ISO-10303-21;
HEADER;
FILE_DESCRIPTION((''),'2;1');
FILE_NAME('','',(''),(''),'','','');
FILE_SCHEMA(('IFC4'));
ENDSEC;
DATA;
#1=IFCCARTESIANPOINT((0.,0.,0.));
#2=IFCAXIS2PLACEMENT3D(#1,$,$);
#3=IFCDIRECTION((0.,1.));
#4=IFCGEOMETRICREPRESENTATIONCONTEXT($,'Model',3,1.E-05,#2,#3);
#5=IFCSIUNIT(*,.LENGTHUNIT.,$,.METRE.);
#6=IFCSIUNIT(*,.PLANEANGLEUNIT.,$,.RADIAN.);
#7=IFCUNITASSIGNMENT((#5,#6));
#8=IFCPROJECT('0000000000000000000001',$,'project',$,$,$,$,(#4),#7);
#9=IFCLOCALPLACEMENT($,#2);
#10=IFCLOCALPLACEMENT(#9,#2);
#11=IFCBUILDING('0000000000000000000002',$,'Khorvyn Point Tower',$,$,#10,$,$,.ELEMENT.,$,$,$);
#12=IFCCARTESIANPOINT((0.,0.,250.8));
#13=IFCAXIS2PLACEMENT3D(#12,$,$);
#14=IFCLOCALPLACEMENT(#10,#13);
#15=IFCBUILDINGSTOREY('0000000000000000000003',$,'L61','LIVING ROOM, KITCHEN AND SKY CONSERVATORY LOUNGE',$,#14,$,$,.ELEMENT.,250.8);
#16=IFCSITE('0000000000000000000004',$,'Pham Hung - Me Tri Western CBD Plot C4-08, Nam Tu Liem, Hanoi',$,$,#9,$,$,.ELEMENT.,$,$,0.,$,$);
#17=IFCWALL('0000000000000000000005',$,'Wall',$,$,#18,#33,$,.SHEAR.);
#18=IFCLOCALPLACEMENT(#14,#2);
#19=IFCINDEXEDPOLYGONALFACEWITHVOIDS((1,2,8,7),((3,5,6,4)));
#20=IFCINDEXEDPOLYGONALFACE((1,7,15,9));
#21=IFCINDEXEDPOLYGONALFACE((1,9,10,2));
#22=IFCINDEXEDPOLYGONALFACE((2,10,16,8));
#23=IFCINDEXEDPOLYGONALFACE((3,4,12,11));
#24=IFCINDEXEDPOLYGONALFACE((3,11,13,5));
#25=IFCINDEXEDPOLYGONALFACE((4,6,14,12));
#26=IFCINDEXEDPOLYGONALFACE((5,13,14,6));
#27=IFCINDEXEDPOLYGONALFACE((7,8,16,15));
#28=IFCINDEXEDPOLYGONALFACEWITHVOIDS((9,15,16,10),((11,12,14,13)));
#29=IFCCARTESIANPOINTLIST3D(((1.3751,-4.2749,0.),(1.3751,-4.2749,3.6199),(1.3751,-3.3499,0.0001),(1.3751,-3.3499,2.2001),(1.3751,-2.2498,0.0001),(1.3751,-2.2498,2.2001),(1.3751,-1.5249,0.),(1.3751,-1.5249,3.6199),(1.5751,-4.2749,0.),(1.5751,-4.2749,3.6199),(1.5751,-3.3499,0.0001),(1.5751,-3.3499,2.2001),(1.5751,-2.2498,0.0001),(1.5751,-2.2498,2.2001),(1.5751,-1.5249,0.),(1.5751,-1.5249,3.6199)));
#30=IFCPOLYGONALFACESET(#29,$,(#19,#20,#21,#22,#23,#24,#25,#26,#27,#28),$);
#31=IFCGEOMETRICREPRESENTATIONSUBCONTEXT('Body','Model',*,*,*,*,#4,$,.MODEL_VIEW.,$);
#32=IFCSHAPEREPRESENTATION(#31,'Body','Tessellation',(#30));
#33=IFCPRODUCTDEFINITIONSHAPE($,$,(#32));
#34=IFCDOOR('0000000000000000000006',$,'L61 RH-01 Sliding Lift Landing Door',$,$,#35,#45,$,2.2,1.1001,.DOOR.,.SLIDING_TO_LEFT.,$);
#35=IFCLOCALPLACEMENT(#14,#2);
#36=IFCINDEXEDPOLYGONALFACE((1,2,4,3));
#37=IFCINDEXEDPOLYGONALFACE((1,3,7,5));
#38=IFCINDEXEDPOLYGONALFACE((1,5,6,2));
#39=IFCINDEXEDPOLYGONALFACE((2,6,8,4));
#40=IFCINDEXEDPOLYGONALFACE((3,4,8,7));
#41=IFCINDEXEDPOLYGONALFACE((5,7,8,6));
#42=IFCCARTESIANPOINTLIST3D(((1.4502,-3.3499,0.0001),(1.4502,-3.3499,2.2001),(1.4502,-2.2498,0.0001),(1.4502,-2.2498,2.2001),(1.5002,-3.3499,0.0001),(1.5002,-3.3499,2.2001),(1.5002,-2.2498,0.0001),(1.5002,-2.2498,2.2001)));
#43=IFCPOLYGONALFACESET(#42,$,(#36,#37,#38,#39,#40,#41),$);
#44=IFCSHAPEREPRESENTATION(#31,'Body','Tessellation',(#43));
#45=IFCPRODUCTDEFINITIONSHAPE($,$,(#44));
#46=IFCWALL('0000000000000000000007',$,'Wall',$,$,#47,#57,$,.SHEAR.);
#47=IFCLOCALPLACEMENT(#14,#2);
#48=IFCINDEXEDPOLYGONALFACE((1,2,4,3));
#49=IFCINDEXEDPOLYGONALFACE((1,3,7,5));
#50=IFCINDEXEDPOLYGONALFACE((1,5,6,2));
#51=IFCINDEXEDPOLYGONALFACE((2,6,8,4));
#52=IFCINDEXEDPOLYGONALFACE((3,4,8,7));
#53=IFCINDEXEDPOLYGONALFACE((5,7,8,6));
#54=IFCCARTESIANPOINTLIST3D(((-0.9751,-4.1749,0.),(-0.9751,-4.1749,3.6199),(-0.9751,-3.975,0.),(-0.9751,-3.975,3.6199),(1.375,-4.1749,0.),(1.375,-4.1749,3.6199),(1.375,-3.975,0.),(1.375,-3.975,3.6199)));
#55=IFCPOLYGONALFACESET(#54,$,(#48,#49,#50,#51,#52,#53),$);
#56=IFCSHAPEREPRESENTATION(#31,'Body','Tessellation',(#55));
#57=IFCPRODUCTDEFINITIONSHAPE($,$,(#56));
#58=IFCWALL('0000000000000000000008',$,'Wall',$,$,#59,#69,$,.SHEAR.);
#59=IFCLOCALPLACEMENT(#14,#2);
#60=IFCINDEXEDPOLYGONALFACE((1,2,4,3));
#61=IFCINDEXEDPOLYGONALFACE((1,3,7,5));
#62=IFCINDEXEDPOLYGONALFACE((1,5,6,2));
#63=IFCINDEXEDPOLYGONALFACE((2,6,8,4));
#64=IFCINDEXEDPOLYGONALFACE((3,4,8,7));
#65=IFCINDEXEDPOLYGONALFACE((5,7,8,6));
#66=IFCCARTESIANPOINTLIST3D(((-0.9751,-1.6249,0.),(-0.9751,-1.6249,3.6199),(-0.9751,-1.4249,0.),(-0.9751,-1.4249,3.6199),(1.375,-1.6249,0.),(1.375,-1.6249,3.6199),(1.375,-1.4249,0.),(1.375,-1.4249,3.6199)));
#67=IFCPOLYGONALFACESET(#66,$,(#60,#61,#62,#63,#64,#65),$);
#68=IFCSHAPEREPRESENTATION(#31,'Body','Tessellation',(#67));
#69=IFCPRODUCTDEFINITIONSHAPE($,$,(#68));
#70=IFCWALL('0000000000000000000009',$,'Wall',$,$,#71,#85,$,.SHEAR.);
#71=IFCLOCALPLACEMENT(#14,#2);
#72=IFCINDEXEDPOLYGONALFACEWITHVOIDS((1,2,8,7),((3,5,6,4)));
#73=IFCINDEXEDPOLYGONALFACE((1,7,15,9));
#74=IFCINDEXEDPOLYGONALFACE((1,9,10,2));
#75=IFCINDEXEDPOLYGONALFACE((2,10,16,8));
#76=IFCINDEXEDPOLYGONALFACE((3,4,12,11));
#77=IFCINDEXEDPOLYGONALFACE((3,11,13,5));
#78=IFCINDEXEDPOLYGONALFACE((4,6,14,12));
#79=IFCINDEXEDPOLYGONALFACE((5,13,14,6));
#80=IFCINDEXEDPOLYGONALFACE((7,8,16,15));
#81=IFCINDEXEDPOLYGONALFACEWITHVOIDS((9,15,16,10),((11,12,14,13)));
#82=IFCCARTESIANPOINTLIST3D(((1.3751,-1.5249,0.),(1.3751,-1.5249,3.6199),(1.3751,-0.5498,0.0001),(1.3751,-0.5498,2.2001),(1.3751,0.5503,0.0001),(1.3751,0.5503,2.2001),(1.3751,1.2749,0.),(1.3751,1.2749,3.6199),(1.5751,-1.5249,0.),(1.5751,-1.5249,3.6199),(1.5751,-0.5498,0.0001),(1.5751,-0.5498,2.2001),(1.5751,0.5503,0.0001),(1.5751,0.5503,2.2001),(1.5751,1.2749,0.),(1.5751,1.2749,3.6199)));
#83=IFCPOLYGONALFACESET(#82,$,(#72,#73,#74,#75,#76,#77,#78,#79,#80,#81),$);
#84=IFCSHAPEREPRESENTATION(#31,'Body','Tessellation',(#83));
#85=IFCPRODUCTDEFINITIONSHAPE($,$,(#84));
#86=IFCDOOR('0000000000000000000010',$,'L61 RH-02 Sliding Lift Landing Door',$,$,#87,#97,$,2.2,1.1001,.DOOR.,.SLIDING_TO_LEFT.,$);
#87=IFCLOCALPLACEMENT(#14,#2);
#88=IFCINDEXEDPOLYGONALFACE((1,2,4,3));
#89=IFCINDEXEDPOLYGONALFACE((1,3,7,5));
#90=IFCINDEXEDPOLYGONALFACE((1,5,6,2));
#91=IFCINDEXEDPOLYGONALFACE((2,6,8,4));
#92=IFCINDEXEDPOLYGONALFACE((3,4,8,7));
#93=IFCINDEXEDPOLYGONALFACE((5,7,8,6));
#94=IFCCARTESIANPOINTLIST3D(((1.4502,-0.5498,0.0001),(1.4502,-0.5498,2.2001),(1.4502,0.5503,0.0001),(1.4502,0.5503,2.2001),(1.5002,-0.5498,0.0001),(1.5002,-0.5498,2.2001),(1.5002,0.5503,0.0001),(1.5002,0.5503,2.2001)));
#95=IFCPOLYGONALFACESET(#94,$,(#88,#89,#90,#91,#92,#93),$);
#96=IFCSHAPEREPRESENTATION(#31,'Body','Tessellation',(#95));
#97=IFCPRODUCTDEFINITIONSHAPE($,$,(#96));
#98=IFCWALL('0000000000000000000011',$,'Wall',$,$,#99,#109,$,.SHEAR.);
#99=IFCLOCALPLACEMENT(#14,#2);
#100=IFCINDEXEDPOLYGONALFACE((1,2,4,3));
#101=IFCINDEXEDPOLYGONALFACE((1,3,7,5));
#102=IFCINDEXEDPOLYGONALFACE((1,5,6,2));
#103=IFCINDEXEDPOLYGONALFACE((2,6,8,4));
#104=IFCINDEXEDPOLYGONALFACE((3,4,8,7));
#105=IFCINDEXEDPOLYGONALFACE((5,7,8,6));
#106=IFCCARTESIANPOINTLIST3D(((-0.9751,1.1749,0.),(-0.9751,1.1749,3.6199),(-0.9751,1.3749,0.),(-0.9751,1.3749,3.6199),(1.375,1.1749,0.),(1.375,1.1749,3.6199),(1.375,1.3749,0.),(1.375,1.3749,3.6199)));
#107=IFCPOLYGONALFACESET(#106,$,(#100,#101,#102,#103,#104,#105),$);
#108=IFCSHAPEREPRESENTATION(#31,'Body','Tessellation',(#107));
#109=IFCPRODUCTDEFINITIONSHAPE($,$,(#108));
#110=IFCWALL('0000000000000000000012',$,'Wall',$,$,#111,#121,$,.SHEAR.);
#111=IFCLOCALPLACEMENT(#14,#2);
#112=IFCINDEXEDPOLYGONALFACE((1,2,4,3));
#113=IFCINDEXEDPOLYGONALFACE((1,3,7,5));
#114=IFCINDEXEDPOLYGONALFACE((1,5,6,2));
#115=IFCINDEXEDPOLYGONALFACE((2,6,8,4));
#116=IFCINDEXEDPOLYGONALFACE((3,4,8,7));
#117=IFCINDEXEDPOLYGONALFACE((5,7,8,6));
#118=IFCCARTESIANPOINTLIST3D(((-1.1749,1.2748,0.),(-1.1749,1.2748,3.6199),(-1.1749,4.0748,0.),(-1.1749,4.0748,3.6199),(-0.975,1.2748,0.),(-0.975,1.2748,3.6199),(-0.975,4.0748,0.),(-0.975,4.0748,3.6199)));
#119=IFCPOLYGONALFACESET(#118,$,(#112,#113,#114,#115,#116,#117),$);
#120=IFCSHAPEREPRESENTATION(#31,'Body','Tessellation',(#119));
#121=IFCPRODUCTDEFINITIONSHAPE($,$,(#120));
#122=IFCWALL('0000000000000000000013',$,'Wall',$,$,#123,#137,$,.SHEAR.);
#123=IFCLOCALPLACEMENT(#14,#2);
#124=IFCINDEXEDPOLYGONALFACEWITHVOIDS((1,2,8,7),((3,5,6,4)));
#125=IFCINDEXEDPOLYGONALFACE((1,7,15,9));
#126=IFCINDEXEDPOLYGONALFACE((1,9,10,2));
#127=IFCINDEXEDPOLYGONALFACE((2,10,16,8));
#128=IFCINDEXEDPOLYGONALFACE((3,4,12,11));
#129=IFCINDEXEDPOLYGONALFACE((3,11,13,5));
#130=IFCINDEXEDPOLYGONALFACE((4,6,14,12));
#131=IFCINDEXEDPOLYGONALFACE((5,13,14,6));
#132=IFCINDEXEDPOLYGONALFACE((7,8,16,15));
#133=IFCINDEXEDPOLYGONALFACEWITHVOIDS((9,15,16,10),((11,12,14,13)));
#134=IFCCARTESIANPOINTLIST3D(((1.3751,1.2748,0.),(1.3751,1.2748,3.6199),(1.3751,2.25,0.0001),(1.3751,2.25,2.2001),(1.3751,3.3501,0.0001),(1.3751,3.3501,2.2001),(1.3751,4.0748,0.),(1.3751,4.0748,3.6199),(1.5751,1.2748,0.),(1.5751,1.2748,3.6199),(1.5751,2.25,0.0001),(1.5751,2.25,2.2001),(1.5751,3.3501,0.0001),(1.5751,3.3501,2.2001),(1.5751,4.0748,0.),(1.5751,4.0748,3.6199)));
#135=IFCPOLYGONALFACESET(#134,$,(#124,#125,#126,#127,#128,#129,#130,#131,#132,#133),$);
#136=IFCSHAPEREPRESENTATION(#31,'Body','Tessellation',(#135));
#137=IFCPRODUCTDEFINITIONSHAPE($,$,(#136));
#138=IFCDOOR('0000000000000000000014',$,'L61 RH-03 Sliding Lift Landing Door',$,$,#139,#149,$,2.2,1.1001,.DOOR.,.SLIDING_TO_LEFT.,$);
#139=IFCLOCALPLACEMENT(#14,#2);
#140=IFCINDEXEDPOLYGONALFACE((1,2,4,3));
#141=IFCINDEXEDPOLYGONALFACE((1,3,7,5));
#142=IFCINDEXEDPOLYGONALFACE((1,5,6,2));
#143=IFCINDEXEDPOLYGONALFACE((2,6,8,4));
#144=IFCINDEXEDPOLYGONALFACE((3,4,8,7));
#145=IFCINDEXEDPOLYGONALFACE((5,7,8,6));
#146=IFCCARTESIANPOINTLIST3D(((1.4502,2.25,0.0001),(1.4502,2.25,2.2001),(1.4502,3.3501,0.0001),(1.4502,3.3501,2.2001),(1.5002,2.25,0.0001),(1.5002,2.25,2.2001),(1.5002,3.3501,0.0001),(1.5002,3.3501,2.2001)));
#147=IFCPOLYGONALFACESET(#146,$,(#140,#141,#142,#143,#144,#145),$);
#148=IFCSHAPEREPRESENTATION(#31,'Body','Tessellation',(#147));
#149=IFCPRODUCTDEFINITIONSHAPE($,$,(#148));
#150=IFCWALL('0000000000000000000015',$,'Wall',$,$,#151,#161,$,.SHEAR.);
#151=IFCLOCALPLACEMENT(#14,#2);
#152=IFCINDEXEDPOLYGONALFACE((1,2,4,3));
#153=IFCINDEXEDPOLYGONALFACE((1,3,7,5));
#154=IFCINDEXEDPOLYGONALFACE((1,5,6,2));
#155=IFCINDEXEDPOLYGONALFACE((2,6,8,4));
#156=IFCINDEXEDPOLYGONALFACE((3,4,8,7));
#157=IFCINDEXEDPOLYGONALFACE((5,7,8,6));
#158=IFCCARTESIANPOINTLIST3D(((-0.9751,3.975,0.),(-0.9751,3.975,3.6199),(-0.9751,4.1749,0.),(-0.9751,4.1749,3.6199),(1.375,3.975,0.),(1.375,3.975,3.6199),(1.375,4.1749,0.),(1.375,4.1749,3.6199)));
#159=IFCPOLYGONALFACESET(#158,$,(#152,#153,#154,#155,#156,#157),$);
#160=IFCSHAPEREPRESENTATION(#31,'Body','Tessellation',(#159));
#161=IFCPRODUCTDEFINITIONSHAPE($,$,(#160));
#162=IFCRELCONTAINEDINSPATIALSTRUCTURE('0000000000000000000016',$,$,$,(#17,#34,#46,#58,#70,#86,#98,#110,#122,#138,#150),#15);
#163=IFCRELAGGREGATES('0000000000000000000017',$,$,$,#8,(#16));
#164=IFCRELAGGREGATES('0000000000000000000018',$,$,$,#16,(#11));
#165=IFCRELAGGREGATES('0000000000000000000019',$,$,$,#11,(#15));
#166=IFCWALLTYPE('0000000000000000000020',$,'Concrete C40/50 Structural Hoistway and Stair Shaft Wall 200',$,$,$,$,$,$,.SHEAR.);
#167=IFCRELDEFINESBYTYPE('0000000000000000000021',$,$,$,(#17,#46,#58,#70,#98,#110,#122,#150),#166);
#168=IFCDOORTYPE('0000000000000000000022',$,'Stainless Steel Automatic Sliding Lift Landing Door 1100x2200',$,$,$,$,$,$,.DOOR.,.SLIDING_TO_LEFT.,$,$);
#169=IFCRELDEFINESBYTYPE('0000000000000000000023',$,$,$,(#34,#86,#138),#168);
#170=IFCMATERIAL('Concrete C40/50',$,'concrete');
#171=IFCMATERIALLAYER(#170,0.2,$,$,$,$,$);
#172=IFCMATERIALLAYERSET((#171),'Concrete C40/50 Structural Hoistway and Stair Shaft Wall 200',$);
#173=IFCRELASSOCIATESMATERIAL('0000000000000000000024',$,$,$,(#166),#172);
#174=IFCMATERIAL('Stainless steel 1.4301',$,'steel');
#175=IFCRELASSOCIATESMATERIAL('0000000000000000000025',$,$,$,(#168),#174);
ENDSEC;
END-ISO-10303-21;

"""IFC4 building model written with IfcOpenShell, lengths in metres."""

from ifc_helpers import new_model, si_unit, direction, frame, frame_2d, origin, place, context, subcontext, project, spatial, rectangle, extrude, material, layer, layer_set, type_object, element, fill, save


model = new_model("IFC4")

# Units and contexts
model_context = context("Model", 3, precision=1e-05, world=origin(), true_north=direction((0.0, 1.0)))
body_context = subcontext(model_context, "Body", "Model", "MODEL_VIEW")
ifc_project = project(units=[si_unit("LENGTHUNIT", "METRE"), si_unit("PLANEANGLEUNIT", "RADIAN")], contexts=[model_context])

# Site, building, storey
site_placement = place(None, origin())
site = spatial("IfcSite", under=ifc_project, at=site_placement, Name="Pham Hung - Me Tri Western CBD Plot C4-08, Nam Tu Liem, Hanoi", CompositionType="ELEMENT", RefElevation=0.0)
building_placement = place(site_placement, origin())
building = spatial("IfcBuilding", under=site, at=building_placement, Name="Khorvyn Point Tower", CompositionType="ELEMENT")
storey_placement = place(building_placement, frame((0.0, 0.0, 250.8)))
storey = spatial("IfcBuildingStorey", under=building, at=storey_placement, Name="L61", Description="LIVING ROOM, KITCHEN AND SKY CONSERVATORY LOUNGE", CompositionType="ELEMENT", Elevation=250.8)

# Shared definitions
ifc_material_1 = material(Name="Concrete C40/50", Category="concrete")

# Wall, opening, door
ifc_layer_1 = layer(ifc_material_1, 0.2)
ifc_layer_set_1 = layer_set([ifc_layer_1], Name="Concrete C40/50 Structural Hoistway and Stair Shaft Wall 200")
wall_type = type_object("IfcWallType", Name="Concrete C40/50 Structural Hoistway and Stair Shaft Wall 200", PredefinedType="SHEAR", material=ifc_layer_set_1)
wall_1_placement = place(storey_placement, frame((1.4751, -4.2749, 0.0), z_axis=(0.0, 0.0, 1.0), x_axis=(0.0, 1.0, 0.0)))
wall_1 = element("IfcWall", 1, at=wall_1_placement, inside=storey, type_object=wall_type, Name="Wall", PredefinedType="SHEAR", context=body_context, shape_type="SweptSolid", body=[
    extrude(rectangle(XDim=2.75, YDim=0.2, at=frame_2d((1.375, 0.0))), origin(), (0.0, 0.0, 1.0), 3.6199),
])
opening_1_placement = place(wall_1_placement, frame((0.925, 0.0, 0.0)))
opening_1 = element("IfcOpeningElement", 2, at=opening_1_placement, cuts=wall_1, PredefinedType="OPENING", context=body_context, shape_type="SweptSolid", body=[
    extrude(rectangle(XDim=1.1001, YDim=2.2, at=frame_2d((0.55, 1.1001))), frame((0.0, 0.1099, 0.0), z_axis=(0.0, -1.0, 0.0), x_axis=(1.0, 0.0, 0.0)), (0.0, 0.0, 1.0), 0.22),
])
ifc_material_2 = material(Name="Stainless steel 1.4301", Category="steel")
door_type = type_object("IfcDoorType", Name="Stainless Steel Automatic Sliding Lift Landing Door 1100x2200", OperationType="SLIDING_TO_LEFT", PredefinedType="DOOR", material=ifc_material_2)
door_1_placement = place(opening_1_placement, origin())
door_1 = element("IfcDoor", 3, at=door_1_placement, inside=storey, type_object=door_type, Name="L61 RH-01 Sliding Lift Landing Door", OperationType="SLIDING_TO_LEFT", OverallHeight=2.2, OverallWidth=1.1001, PredefinedType="DOOR", context=body_context, shape_type="SweptSolid", body=[
    extrude(rectangle(XDim=1.1001, YDim=2.2, at=frame_2d((0.55, 1.1001))), frame((0.0, 0.0249, 0.0), z_axis=(0.0, -1.0, 0.0), x_axis=(1.0, 0.0, 0.0)), (0.0, 0.0, 1.0), 0.05),
])
fill(opening_1, door_1)

# Walls
for number, where, z_axis, x_axis, name in (
    (4, (-0.9751, -4.075, 0.0), (0.0, 0.0, 1.0), (1.0, 0.0, 0.0), "Wall"),
    (5, (-0.9751, -1.5249, 0.0), (0.0, 0.0, 1.0), (1.0, 0.0, 0.0), "Wall"),
):
    element("IfcWall", number, at=place(storey_placement, frame(where, z_axis=z_axis, x_axis=x_axis)), inside=storey, type_object=wall_type, Name=name, PredefinedType="SHEAR", context=body_context, shape_type="SweptSolid", body=[
        extrude(rectangle(XDim=2.3501, YDim=0.2, at=frame_2d((1.175, 0.0))), origin(), (0.0, 0.0, 1.0), 3.6199),
    ])

# Wall, opening, door
wall_2_placement = place(storey_placement, frame((1.4751, -1.5249, 0.0), z_axis=(0.0, 0.0, 1.0), x_axis=(0.0, 1.0, 0.0)))
wall_2 = element("IfcWall", 6, at=wall_2_placement, inside=storey, type_object=wall_type, Name="Wall", PredefinedType="SHEAR", context=body_context, shape_type="SweptSolid", body=[
    extrude(rectangle(XDim=2.7998, YDim=0.2, at=frame_2d((1.3999, 0.0))), origin(), (0.0, 0.0, 1.0), 3.6199),
])
opening_2_placement = place(wall_2_placement, frame((0.9751, 0.0, 0.0)))
opening_2 = element("IfcOpeningElement", 7, at=opening_2_placement, cuts=wall_2, PredefinedType="OPENING", context=body_context, shape_type="SweptSolid", body=[
    extrude(rectangle(XDim=1.1001, YDim=2.2, at=frame_2d((0.55, 1.1001))), frame((0.0, 0.1099, 0.0), z_axis=(0.0, -1.0, 0.0), x_axis=(1.0, 0.0, 0.0)), (0.0, 0.0, 1.0), 0.22),
])
door_2_placement = place(opening_2_placement, origin())
door_2 = element("IfcDoor", 8, at=door_2_placement, inside=storey, type_object=door_type, Name="L61 RH-02 Sliding Lift Landing Door", OperationType="SLIDING_TO_LEFT", OverallHeight=2.2, OverallWidth=1.1001, PredefinedType="DOOR", context=body_context, shape_type="SweptSolid", body=[
    extrude(rectangle(XDim=1.1001, YDim=2.2, at=frame_2d((0.55, 1.1001))), frame((0.0, 0.0249, 0.0), z_axis=(0.0, -1.0, 0.0), x_axis=(1.0, 0.0, 0.0)), (0.0, 0.0, 1.0), 0.05),
])
fill(opening_2, door_2)

# Walls
wall_3_placement = place(storey_placement, frame((-0.9751, 1.2749, 0.0), z_axis=(0.0, 0.0, 1.0), x_axis=(1.0, 0.0, 0.0)))
element("IfcWall", 9, at=wall_3_placement, inside=storey, type_object=wall_type, Name="Wall", PredefinedType="SHEAR", context=body_context, shape_type="SweptSolid", body=[
    extrude(rectangle(XDim=2.3501, YDim=0.2, at=frame_2d((1.175, 0.0))), origin(), (0.0, 0.0, 1.0), 3.6199),
])
wall_4_placement = place(storey_placement, frame((-1.075, 1.2749, 0.0), z_axis=(0.0, 0.0, 1.0), x_axis=(0.0, 1.0, 0.0)))
element("IfcWall", 10, at=wall_4_placement, inside=storey, type_object=wall_type, Name="Wall", PredefinedType="SHEAR", context=body_context, shape_type="SweptSolid", body=[
    extrude(rectangle(XDim=2.8, YDim=0.2, at=frame_2d((1.3999, 0.0))), origin(), (0.0, 0.0, 1.0), 3.6199),
])

# Wall, opening, door
wall_5_placement = place(storey_placement, frame((1.4751, 1.2749, 0.0), z_axis=(0.0, 0.0, 1.0), x_axis=(0.0, 1.0, 0.0)))
wall_5 = element("IfcWall", 11, at=wall_5_placement, inside=storey, type_object=wall_type, Name="Wall", PredefinedType="SHEAR", context=body_context, shape_type="SweptSolid", body=[
    extrude(rectangle(XDim=2.8, YDim=0.2, at=frame_2d((1.3999, 0.0))), origin(), (0.0, 0.0, 1.0), 3.6199),
])
opening_3_placement = place(wall_5_placement, frame((0.9751, 0.0, 0.0)))
opening_3 = element("IfcOpeningElement", 12, at=opening_3_placement, cuts=wall_5, PredefinedType="OPENING", context=body_context, shape_type="SweptSolid", body=[
    extrude(rectangle(XDim=1.1001, YDim=2.2, at=frame_2d((0.55, 1.1001))), frame((0.0, 0.1099, 0.0), z_axis=(0.0, -1.0, 0.0), x_axis=(1.0, 0.0, 0.0)), (0.0, 0.0, 1.0), 0.22),
])
door_3_placement = place(opening_3_placement, origin())
door_3 = element("IfcDoor", 13, at=door_3_placement, inside=storey, type_object=door_type, Name="L61 RH-03 Sliding Lift Landing Door", OperationType="SLIDING_TO_LEFT", OverallHeight=2.2, OverallWidth=1.1001, PredefinedType="DOOR", context=body_context, shape_type="SweptSolid", body=[
    extrude(rectangle(XDim=1.1001, YDim=2.2, at=frame_2d((0.55, 1.1001))), frame((0.0, 0.0249, 0.0), z_axis=(0.0, -1.0, 0.0), x_axis=(1.0, 0.0, 0.0)), (0.0, 0.0, 1.0), 0.05),
])
fill(opening_3, door_3)

# Wall
wall_6_placement = place(storey_placement, frame((-0.9751, 4.075, 0.0), z_axis=(0.0, 0.0, 1.0), x_axis=(1.0, 0.0, 0.0)))
element("IfcWall", 14, at=wall_6_placement, inside=storey, type_object=wall_type, Name="Wall", PredefinedType="SHEAR", context=body_context, shape_type="SweptSolid", body=[
    extrude(rectangle(XDim=2.3501, YDim=0.2, at=frame_2d((1.175, 0.0))), origin(), (0.0, 0.0, 1.0), 3.6199),
])

save(model, "model.ifc")
